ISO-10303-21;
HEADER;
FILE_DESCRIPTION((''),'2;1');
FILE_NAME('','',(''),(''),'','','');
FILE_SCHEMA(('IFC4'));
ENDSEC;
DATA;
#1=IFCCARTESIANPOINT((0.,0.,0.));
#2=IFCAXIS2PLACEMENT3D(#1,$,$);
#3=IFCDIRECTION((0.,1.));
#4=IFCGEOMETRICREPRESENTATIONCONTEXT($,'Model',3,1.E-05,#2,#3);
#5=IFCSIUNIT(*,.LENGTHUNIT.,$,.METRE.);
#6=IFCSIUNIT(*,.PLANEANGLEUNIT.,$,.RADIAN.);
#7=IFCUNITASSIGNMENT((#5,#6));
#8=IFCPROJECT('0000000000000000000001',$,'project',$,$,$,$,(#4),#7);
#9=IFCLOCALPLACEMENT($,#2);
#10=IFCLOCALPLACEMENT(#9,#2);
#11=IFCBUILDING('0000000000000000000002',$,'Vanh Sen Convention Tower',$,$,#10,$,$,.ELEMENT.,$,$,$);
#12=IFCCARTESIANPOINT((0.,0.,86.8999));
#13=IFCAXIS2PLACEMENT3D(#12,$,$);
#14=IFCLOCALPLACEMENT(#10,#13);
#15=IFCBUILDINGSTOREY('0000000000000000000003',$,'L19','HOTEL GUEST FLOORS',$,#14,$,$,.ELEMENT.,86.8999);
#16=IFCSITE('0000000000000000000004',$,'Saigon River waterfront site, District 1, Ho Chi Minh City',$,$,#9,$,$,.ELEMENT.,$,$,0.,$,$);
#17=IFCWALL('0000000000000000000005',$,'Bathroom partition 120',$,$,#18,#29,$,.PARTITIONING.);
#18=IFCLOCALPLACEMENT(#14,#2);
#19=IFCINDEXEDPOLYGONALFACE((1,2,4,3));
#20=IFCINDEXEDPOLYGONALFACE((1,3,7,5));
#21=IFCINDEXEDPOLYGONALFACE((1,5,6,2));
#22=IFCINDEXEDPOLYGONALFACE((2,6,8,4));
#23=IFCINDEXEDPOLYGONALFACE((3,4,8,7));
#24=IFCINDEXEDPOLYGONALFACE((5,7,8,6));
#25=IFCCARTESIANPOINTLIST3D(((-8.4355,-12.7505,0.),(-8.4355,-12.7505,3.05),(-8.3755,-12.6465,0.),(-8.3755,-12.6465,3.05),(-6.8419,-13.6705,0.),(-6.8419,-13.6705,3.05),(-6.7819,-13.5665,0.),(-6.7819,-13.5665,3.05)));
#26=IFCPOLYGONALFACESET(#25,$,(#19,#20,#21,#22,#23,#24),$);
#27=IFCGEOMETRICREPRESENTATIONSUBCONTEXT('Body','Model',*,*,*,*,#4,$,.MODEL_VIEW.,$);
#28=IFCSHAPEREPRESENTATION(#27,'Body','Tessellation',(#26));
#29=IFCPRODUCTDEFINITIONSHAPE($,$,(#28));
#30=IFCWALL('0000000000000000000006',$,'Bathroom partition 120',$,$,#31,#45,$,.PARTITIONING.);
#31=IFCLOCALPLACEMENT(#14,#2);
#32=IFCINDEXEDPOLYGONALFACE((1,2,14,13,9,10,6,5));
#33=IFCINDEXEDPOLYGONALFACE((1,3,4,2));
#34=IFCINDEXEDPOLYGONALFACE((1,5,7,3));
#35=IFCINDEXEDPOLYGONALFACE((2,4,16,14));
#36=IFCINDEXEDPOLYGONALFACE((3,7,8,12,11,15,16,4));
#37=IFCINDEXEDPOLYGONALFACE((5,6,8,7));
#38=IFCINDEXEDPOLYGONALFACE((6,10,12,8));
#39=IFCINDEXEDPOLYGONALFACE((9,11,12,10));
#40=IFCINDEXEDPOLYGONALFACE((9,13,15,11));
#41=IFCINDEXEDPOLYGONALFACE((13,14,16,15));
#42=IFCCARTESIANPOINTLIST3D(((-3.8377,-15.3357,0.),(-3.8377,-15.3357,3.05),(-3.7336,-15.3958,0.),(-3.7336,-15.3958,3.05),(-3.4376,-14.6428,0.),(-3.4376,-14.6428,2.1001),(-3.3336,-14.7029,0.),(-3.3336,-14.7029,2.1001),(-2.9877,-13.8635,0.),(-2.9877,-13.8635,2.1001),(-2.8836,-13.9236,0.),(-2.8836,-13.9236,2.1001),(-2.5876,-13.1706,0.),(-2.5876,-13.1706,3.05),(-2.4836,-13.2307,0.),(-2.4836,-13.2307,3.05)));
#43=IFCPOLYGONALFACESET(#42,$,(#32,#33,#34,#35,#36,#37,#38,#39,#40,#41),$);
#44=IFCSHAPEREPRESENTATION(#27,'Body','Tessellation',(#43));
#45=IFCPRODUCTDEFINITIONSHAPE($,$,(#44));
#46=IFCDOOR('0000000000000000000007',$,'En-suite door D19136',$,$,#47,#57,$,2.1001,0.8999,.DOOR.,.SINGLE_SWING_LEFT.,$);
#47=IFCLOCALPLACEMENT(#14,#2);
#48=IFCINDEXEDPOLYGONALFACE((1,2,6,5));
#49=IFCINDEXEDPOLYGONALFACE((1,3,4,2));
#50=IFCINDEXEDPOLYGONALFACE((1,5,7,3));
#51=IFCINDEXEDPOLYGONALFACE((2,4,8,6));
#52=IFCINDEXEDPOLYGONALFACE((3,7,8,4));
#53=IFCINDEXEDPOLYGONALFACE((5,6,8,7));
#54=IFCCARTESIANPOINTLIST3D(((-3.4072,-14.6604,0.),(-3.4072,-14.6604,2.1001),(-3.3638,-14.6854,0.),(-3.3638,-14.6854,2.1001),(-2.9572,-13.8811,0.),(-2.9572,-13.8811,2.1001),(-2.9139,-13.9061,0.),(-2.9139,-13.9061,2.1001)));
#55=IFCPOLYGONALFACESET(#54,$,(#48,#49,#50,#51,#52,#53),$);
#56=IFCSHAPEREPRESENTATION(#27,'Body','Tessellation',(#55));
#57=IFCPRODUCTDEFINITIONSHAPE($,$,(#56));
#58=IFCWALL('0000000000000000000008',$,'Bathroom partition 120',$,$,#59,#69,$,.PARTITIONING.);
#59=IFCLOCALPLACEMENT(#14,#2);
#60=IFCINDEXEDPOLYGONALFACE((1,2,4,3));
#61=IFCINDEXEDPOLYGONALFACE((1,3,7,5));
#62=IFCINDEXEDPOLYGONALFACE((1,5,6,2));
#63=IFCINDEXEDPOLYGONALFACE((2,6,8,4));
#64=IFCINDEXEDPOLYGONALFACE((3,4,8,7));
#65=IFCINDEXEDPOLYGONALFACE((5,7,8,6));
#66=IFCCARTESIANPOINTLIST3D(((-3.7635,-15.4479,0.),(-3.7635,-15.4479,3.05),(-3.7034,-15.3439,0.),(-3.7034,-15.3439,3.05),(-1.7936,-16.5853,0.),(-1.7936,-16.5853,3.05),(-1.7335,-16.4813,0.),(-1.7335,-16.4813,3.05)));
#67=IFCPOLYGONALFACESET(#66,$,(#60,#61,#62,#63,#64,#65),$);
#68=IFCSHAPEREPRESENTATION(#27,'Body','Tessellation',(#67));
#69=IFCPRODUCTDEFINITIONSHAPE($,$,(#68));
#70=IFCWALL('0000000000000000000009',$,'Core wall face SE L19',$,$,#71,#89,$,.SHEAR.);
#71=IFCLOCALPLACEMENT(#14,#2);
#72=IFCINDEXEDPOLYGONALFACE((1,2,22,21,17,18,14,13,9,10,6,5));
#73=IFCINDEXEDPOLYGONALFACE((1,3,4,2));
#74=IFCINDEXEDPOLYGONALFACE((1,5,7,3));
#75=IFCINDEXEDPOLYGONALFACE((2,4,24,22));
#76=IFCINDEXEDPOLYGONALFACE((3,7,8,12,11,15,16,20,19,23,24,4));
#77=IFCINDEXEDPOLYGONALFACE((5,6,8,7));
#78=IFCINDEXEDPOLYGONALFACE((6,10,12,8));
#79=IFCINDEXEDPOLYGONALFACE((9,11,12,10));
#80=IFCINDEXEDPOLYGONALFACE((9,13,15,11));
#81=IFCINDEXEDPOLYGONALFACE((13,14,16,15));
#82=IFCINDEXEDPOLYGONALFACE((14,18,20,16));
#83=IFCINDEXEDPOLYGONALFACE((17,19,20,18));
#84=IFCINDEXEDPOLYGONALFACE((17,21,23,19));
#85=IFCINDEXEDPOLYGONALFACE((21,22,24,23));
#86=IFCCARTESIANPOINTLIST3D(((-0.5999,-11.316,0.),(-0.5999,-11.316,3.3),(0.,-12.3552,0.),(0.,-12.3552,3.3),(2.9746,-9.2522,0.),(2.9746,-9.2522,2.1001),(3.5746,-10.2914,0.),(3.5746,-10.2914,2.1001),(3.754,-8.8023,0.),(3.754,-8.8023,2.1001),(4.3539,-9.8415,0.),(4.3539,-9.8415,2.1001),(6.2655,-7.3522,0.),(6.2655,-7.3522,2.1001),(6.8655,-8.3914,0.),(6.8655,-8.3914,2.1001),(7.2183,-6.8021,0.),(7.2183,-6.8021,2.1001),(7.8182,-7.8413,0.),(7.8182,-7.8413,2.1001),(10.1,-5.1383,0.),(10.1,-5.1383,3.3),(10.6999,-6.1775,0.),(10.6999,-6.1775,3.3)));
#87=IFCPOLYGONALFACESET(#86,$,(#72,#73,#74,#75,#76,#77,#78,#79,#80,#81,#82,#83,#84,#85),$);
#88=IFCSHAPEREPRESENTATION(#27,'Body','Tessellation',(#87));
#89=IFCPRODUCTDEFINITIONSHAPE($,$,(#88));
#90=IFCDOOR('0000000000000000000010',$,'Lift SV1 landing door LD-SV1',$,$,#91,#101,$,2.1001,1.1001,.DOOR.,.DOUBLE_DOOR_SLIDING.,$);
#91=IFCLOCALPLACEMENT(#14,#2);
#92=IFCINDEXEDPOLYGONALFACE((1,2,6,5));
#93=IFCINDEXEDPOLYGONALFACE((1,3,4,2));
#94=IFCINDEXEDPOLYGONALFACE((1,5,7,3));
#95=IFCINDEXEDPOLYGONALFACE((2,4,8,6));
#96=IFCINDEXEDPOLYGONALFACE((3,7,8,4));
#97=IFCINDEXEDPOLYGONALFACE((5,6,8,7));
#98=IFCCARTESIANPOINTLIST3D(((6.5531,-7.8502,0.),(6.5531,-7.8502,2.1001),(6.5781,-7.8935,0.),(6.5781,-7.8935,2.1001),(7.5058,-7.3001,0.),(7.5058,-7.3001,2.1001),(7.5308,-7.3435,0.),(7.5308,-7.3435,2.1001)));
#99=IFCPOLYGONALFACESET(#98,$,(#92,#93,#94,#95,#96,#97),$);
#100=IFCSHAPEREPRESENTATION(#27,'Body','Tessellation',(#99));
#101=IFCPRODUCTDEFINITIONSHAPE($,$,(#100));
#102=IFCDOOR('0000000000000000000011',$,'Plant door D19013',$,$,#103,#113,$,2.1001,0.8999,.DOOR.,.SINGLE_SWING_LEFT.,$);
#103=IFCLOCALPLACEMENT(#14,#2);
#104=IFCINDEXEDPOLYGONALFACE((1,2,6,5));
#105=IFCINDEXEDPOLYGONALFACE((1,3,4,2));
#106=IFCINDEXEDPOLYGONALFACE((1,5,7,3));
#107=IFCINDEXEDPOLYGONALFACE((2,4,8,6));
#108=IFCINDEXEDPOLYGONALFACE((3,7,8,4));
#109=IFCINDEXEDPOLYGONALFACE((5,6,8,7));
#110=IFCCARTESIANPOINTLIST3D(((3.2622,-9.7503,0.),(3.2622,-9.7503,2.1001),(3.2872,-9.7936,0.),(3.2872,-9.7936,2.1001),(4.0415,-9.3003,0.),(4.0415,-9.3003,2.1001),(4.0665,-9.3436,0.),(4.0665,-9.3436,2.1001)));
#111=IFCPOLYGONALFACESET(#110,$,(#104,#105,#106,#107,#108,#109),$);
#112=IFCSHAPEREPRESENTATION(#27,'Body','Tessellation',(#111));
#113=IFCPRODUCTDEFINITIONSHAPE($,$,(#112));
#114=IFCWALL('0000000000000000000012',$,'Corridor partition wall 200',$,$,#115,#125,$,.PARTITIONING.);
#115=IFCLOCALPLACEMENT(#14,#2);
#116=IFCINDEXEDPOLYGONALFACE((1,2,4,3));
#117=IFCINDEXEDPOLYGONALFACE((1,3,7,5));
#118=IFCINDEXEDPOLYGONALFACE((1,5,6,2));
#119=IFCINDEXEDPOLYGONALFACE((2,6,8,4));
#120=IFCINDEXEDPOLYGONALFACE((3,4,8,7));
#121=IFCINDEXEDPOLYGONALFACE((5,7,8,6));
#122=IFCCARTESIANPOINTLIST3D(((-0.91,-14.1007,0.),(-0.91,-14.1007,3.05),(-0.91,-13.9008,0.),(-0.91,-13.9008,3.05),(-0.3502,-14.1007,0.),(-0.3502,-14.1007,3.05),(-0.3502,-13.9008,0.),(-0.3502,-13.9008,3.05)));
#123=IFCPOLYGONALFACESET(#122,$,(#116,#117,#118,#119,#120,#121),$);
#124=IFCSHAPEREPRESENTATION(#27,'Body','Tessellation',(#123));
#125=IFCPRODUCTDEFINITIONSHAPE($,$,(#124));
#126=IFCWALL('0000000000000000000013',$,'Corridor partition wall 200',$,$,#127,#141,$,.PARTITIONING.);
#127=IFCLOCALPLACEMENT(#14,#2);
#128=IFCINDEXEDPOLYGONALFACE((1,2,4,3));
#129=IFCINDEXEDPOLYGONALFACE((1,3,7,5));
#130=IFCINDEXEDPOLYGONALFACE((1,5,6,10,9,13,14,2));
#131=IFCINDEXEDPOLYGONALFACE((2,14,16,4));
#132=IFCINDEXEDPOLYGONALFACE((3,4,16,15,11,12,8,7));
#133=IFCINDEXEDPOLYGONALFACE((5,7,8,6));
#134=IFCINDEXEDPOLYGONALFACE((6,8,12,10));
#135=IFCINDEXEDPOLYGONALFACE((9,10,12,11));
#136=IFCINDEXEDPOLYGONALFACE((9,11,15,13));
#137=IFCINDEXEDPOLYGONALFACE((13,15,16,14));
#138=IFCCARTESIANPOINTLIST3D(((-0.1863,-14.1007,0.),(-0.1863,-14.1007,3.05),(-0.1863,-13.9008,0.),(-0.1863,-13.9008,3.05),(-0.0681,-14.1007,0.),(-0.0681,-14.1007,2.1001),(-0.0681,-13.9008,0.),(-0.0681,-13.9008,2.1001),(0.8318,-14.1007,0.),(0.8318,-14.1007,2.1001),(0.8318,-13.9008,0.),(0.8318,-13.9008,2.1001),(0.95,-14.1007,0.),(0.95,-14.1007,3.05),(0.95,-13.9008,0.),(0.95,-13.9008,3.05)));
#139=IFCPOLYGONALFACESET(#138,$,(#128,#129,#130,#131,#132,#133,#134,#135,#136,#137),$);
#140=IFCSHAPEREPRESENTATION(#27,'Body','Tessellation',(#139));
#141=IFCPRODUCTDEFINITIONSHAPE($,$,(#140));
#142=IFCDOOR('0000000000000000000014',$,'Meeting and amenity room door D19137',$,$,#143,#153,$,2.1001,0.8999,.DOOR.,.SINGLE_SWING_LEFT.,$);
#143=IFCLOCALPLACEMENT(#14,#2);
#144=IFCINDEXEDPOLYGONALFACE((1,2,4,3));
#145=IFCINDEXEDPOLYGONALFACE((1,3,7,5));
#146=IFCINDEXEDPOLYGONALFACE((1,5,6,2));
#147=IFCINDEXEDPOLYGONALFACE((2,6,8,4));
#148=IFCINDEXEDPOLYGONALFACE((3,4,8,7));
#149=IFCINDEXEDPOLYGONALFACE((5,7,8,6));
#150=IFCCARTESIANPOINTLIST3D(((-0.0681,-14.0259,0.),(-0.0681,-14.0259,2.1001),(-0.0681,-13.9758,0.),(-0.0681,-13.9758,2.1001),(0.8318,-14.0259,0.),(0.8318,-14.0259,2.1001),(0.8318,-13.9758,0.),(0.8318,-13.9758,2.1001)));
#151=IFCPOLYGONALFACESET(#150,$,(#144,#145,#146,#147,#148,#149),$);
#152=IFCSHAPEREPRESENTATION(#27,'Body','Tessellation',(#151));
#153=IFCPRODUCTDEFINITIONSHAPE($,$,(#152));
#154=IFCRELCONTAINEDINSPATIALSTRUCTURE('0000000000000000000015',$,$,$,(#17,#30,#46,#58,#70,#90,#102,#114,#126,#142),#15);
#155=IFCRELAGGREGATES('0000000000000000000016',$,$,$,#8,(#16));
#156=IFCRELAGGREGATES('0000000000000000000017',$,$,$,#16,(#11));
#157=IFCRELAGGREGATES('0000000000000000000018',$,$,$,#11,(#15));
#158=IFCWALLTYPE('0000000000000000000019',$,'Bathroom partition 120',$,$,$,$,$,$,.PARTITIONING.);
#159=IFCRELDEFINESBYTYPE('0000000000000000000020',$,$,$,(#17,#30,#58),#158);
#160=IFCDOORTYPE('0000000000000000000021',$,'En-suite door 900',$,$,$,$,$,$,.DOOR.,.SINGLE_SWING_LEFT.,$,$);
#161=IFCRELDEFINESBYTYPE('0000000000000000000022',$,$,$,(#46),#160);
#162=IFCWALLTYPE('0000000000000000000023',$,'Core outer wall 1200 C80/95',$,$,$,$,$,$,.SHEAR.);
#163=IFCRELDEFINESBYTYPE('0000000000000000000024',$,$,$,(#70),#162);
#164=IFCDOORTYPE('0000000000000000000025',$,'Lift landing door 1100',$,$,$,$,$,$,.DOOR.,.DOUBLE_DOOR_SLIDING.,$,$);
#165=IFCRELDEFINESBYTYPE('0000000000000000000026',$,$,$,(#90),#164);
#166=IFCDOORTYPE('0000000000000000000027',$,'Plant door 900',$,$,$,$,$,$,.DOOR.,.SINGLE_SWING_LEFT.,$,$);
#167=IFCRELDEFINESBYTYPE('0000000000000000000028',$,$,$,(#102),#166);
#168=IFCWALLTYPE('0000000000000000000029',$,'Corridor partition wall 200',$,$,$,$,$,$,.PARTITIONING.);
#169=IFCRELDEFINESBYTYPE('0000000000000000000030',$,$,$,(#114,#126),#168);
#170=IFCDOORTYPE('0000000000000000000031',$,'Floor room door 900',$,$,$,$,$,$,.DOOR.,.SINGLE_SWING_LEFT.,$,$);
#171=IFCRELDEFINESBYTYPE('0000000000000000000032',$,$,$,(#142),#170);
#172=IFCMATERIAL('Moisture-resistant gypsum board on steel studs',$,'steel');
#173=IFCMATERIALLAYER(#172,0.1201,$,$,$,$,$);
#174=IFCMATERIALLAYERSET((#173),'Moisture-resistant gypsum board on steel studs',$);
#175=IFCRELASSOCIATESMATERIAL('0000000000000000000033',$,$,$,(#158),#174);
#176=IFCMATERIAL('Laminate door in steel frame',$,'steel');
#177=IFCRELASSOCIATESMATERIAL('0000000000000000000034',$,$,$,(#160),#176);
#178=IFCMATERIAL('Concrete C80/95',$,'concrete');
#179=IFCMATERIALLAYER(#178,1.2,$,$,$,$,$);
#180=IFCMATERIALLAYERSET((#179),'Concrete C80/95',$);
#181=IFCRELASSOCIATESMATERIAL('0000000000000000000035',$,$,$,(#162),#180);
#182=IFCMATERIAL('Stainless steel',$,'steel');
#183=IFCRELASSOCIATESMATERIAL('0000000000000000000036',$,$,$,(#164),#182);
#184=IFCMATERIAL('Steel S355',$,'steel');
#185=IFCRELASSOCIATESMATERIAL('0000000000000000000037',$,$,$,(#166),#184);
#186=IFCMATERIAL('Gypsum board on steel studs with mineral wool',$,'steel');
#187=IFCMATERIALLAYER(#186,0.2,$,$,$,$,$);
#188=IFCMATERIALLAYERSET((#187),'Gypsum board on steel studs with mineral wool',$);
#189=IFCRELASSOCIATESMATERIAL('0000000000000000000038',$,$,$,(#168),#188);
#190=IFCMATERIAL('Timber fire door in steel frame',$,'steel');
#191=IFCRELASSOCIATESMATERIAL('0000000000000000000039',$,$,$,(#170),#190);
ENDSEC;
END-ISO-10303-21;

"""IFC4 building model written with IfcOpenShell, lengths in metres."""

from ifc_helpers import new_model, si_unit, direction, frame, frame_2d, origin, place, context, subcontext, project, spatial, rectangle, extrude, material, layer, layer_set, type_object, element, fill, save


model = new_model("IFC4")

# Units and contexts
model_context = context("Model", 3, precision=1e-05, world=origin(), true_north=direction((0.0, 1.0)))
body_context = subcontext(model_context, "Body", "Model", "MODEL_VIEW")
ifc_project = project(units=[si_unit("LENGTHUNIT", "METRE"), si_unit("PLANEANGLEUNIT", "RADIAN")], contexts=[model_context])

# Site, building, storey
site_placement = place(None, origin())
site = spatial("IfcSite", under=ifc_project, at=site_placement, Name="Saigon River waterfront site, District 1, Ho Chi Minh City", CompositionType="ELEMENT", RefElevation=0.0)
building_placement = place(site_placement, origin())
building = spatial("IfcBuilding", under=site, at=building_placement, Name="Vanh Sen Convention Tower", CompositionType="ELEMENT")
storey_placement = place(building_placement, frame((0.0, 0.0, 86.8999)))
storey = spatial("IfcBuildingStorey", under=building, at=storey_placement, Name="L19", Description="HOTEL GUEST FLOORS", CompositionType="ELEMENT", Elevation=86.8999)

# Shared definitions
ifc_material_1 = material(Name="Concrete C80/95", Category="concrete")

# Wall
ifc_material_2 = material(Name="Moisture-resistant gypsum board on steel studs", Category="steel")
ifc_layer_1 = layer(ifc_material_2, 0.1201)
ifc_layer_set_1 = layer_set([ifc_layer_1], Name="Moisture-resistant gypsum board on steel studs")
wall_type_1 = type_object("IfcWallType", Name="Bathroom partition 120", PredefinedType="PARTITIONING", material=ifc_layer_set_1)
for number, where, z_axis, x_axis, name in (
    (1, (-6.812, -13.6184, 0.0), (0.0, 0.0, 1.0), (-0.866046, 0.499964, 0.0), "Bathroom partition 120"),
):
    element("IfcWall", number, at=place(storey_placement, frame(where, z_axis=z_axis, x_axis=x_axis)), inside=storey, type_object=wall_type_1, Name=name, PredefinedType="PARTITIONING", context=body_context, shape_type="SweptSolid", body=[
        extrude(rectangle(XDim=1.8401, YDim=0.1201, at=frame_2d((0.9199, 0.0))), origin(), (0.0, 0.0, 1.0), 3.05),
    ])

# Wall, opening, door
wall_1_placement = place(storey_placement, frame((-3.7856, -15.3657, 0.0), z_axis=(0.0, 0.0, 1.0), x_axis=(0.500004, 0.866023, 0.0)))
wall_1 = element("IfcWall", 2, at=wall_1_placement, inside=storey, type_object=wall_type_1, Name="Bathroom partition 120", PredefinedType="PARTITIONING", context=body_context, shape_type="SweptSolid", body=[
    extrude(rectangle(XDim=2.5, YDim=0.1201, at=frame_2d((1.25, 0.0))), origin(), (0.0, 0.0, 1.0), 3.05),
])
opening_1_placement = place(wall_1_placement, frame((0.8, 0.0, 0.0)))
opening_1 = element("IfcOpeningElement", 3, at=opening_1_placement, cuts=wall_1, PredefinedType="OPENING", context=body_context, shape_type="SweptSolid", body=[
    extrude(rectangle(XDim=0.8999, YDim=2.1001, at=frame_2d((0.45, 1.05))), frame((0.0, 0.0701, 0.0), z_axis=(0.0, -1.0, 0.0), x_axis=(1.0, 0.0, 0.0)), (0.0, 0.0, 1.0), 0.1401),
])
ifc_material_3 = material(Name="Laminate door in steel frame", Category="steel")
door_type_1 = type_object("IfcDoorType", Name="En-suite door 900", OperationType="SINGLE_SWING_LEFT", PredefinedType="DOOR", material=ifc_material_3)
door_1_placement = place(opening_1_placement, origin())
door_1 = element("IfcDoor", 4, at=door_1_placement, inside=storey, type_object=door_type_1, Name="En-suite door D19136", OperationType="SINGLE_SWING_LEFT", OverallHeight=2.1001, OverallWidth=0.8999, PredefinedType="DOOR", context=body_context, shape_type="SweptSolid", body=[
    extrude(rectangle(XDim=0.8999, YDim=2.1001, at=frame_2d((0.45, 1.05))), frame((0.0, 0.0249, 0.0), z_axis=(0.0, -1.0, 0.0), x_axis=(1.0, 0.0, 0.0)), (0.0, 0.0, 1.0), 0.05),
])
fill(opening_1, door_1)

# Wall
wall_2_placement = place(storey_placement, frame((-1.7637, -16.5332, 0.0), z_axis=(0.0, 0.0, 1.0), x_axis=(-0.866009, 0.500029, 0.0)))
element("IfcWall", 5, at=wall_2_placement, inside=storey, type_object=wall_type_1, Name="Bathroom partition 120", PredefinedType="PARTITIONING", context=body_context, shape_type="SweptSolid", body=[
    extrude(rectangle(XDim=2.2747, YDim=0.1201, at=frame_2d((1.1372, 0.0))), origin(), (0.0, 0.0, 1.0), 3.05),
])

# Wall, openings, doors
ifc_layer_2 = layer(ifc_material_1, 1.2)
ifc_layer_set_2 = layer_set([ifc_layer_2], Name="Concrete C80/95")
wall_type_2 = type_object("IfcWallType", Name="Core outer wall 1200 C80/95", PredefinedType="SHEAR", material=ifc_layer_set_2)
wall_3_placement = place(storey_placement, frame((-0.3, -11.8357, 0.0), z_axis=(0.0, 0.0, 1.0), x_axis=(0.866021, 0.500007, 0.0)))
wall_3 = element("IfcWall", 6, at=wall_3_placement, inside=storey, type_object=wall_type_2, Name="Core wall face SE L19", PredefinedType="SHEAR", context=body_context, shape_type="SweptSolid", body=[
    extrude(rectangle(XDim=12.3552, YDim=1.2, at=frame_2d((6.1777, 0.0))), origin(), (0.0, 0.0, 1.0), 3.3),
])
opening_2_placement = place(wall_3_placement, frame((4.1277, 0.0, 0.0)))
opening_2 = element("IfcOpeningElement", 7, at=opening_2_placement, cuts=wall_3, PredefinedType="OPENING", context=body_context, shape_type="SweptSolid", body=[
    extrude(rectangle(XDim=0.8999, YDim=2.1001, at=frame_2d((0.45, 1.05))), frame((0.0, 0.6099, 0.0), z_axis=(0.0, -1.0, 0.0), x_axis=(1.0, 0.0, 0.0)), (0.0, 0.0, 1.0), 1.22),
])
opening_3_placement = place(wall_3_placement, frame((7.9277, 0.0, 0.0)))
opening_3 = element("IfcOpeningElement", 8, at=opening_3_placement, cuts=wall_3, PredefinedType="OPENING", context=body_context, shape_type="SweptSolid", body=[
    extrude(rectangle(XDim=1.1001, YDim=2.1001, at=frame_2d((0.55, 1.05))), frame((0.0, 0.6099, 0.0), z_axis=(0.0, -1.0, 0.0), x_axis=(1.0, 0.0, 0.0)), (0.0, 0.0, 1.0), 1.22),
])
ifc_material_4 = material(Name="Stainless steel", Category="steel")
door_type_2 = type_object("IfcDoorType", Name="Lift landing door 1100", OperationType="DOUBLE_DOOR_SLIDING", PredefinedType="DOOR", material=ifc_material_4)
door_2_placement = place(opening_3_placement, origin())
door_2 = element("IfcDoor", 9, at=door_2_placement, inside=storey, type_object=door_type_2, Name="Lift SV1 landing door LD-SV1", OperationType="DOUBLE_DOOR_SLIDING", OverallHeight=2.1001, OverallWidth=1.1001, PredefinedType="DOOR", context=body_context, shape_type="SweptSolid", body=[
    extrude(rectangle(XDim=1.1001, YDim=2.1001, at=frame_2d((0.55, 1.05))), frame((0.0, 0.0249, 0.0), z_axis=(0.0, -1.0, 0.0), x_axis=(1.0, 0.0, 0.0)), (0.0, 0.0, 1.0), 0.05),
])
fill(opening_3, door_2)
ifc_material_5 = material(Name="Steel S355", Category="steel")
door_type_3 = type_object("IfcDoorType", Name="Plant door 900", OperationType="SINGLE_SWING_LEFT", PredefinedType="DOOR", material=ifc_material_5)
door_3_placement = place(opening_2_placement, origin())
door_3 = element("IfcDoor", 10, at=door_3_placement, inside=storey, type_object=door_type_3, Name="Plant door D19013", OperationType="SINGLE_SWING_LEFT", OverallHeight=2.1001, OverallWidth=0.8999, PredefinedType="DOOR", context=body_context, shape_type="SweptSolid", body=[
    extrude(rectangle(XDim=0.8999, YDim=2.1001, at=frame_2d((0.45, 1.05))), frame((0.0, 0.0249, 0.0), z_axis=(0.0, -1.0, 0.0), x_axis=(1.0, 0.0, 0.0)), (0.0, 0.0, 1.0), 0.05),
])
fill(opening_2, door_3)

# Wall
ifc_material_6 = material(Name="Gypsum board on steel studs with mineral wool", Category="steel")
ifc_layer_3 = layer(ifc_material_6, 0.2)
ifc_layer_set_3 = layer_set([ifc_layer_3], Name="Gypsum board on steel studs with mineral wool")
wall_type_3 = type_object("IfcWallType", Name="Corridor partition wall 200", PredefinedType="PARTITIONING", material=ifc_layer_set_3)
wall_4_placement = place(storey_placement, frame((-0.9099, -14.0007, 0.0), z_axis=(0.0, 0.0, 1.0), x_axis=(1.0, 0.0, 0.0)))
element("IfcWall", 11, at=wall_4_placement, inside=storey, type_object=wall_type_3, Name="Corridor partition wall 200", PredefinedType="PARTITIONING", context=body_context, shape_type="SweptSolid", body=[
    extrude(rectangle(XDim=0.5598, YDim=0.2, at=frame_2d((0.2798, 0.0))), origin(), (0.0, 0.0, 1.0), 3.05),
])

# Wall, opening, door
wall_5_placement = place(storey_placement, frame((-0.1863, -14.0007, 0.0), z_axis=(0.0, 0.0, 1.0), x_axis=(1.0, 0.0, 0.0)))
wall_5 = element("IfcWall", 12, at=wall_5_placement, inside=storey, type_object=wall_type_3, Name="Corridor partition wall 200", PredefinedType="PARTITIONING", context=body_context, shape_type="SweptSolid", body=[
    extrude(rectangle(XDim=1.1362, YDim=0.2, at=frame_2d((0.5681, 0.0))), origin(), (0.0, 0.0, 1.0), 3.05),
])
opening_4_placement = place(wall_5_placement, frame((0.1182, 0.0, 0.0)))
opening_4 = element("IfcOpeningElement", 13, at=opening_4_placement, cuts=wall_5, PredefinedType="OPENING", context=body_context, shape_type="SweptSolid", body=[
    extrude(rectangle(XDim=0.8999, YDim=2.1001, at=frame_2d((0.45, 1.05))), frame((0.0, 0.1099, 0.0), z_axis=(0.0, -1.0, 0.0), x_axis=(1.0, 0.0, 0.0)), (0.0, 0.0, 1.0), 0.22),
])
ifc_material_7 = material(Name="Timber fire door in steel frame", Category="steel")
door_type_4 = type_object("IfcDoorType", Name="Floor room door 900", OperationType="SINGLE_SWING_LEFT", PredefinedType="DOOR", material=ifc_material_7)
door_4_placement = place(opening_4_placement, origin())
door_4 = element("IfcDoor", 14, at=door_4_placement, inside=storey, type_object=door_type_4, Name="Meeting and amenity room door D19137", OperationType="SINGLE_SWING_LEFT", OverallHeight=2.1001, OverallWidth=0.8999, PredefinedType="DOOR", context=body_context, shape_type="SweptSolid", body=[
    extrude(rectangle(XDim=0.8999, YDim=2.1001, at=frame_2d((0.45, 1.05))), frame((0.0, 0.0249, 0.0), z_axis=(0.0, -1.0, 0.0), x_axis=(1.0, 0.0, 0.0)), (0.0, 0.0, 1.0), 0.05),
])
fill(opening_4, door_4)

save(model, "model.ifc")
